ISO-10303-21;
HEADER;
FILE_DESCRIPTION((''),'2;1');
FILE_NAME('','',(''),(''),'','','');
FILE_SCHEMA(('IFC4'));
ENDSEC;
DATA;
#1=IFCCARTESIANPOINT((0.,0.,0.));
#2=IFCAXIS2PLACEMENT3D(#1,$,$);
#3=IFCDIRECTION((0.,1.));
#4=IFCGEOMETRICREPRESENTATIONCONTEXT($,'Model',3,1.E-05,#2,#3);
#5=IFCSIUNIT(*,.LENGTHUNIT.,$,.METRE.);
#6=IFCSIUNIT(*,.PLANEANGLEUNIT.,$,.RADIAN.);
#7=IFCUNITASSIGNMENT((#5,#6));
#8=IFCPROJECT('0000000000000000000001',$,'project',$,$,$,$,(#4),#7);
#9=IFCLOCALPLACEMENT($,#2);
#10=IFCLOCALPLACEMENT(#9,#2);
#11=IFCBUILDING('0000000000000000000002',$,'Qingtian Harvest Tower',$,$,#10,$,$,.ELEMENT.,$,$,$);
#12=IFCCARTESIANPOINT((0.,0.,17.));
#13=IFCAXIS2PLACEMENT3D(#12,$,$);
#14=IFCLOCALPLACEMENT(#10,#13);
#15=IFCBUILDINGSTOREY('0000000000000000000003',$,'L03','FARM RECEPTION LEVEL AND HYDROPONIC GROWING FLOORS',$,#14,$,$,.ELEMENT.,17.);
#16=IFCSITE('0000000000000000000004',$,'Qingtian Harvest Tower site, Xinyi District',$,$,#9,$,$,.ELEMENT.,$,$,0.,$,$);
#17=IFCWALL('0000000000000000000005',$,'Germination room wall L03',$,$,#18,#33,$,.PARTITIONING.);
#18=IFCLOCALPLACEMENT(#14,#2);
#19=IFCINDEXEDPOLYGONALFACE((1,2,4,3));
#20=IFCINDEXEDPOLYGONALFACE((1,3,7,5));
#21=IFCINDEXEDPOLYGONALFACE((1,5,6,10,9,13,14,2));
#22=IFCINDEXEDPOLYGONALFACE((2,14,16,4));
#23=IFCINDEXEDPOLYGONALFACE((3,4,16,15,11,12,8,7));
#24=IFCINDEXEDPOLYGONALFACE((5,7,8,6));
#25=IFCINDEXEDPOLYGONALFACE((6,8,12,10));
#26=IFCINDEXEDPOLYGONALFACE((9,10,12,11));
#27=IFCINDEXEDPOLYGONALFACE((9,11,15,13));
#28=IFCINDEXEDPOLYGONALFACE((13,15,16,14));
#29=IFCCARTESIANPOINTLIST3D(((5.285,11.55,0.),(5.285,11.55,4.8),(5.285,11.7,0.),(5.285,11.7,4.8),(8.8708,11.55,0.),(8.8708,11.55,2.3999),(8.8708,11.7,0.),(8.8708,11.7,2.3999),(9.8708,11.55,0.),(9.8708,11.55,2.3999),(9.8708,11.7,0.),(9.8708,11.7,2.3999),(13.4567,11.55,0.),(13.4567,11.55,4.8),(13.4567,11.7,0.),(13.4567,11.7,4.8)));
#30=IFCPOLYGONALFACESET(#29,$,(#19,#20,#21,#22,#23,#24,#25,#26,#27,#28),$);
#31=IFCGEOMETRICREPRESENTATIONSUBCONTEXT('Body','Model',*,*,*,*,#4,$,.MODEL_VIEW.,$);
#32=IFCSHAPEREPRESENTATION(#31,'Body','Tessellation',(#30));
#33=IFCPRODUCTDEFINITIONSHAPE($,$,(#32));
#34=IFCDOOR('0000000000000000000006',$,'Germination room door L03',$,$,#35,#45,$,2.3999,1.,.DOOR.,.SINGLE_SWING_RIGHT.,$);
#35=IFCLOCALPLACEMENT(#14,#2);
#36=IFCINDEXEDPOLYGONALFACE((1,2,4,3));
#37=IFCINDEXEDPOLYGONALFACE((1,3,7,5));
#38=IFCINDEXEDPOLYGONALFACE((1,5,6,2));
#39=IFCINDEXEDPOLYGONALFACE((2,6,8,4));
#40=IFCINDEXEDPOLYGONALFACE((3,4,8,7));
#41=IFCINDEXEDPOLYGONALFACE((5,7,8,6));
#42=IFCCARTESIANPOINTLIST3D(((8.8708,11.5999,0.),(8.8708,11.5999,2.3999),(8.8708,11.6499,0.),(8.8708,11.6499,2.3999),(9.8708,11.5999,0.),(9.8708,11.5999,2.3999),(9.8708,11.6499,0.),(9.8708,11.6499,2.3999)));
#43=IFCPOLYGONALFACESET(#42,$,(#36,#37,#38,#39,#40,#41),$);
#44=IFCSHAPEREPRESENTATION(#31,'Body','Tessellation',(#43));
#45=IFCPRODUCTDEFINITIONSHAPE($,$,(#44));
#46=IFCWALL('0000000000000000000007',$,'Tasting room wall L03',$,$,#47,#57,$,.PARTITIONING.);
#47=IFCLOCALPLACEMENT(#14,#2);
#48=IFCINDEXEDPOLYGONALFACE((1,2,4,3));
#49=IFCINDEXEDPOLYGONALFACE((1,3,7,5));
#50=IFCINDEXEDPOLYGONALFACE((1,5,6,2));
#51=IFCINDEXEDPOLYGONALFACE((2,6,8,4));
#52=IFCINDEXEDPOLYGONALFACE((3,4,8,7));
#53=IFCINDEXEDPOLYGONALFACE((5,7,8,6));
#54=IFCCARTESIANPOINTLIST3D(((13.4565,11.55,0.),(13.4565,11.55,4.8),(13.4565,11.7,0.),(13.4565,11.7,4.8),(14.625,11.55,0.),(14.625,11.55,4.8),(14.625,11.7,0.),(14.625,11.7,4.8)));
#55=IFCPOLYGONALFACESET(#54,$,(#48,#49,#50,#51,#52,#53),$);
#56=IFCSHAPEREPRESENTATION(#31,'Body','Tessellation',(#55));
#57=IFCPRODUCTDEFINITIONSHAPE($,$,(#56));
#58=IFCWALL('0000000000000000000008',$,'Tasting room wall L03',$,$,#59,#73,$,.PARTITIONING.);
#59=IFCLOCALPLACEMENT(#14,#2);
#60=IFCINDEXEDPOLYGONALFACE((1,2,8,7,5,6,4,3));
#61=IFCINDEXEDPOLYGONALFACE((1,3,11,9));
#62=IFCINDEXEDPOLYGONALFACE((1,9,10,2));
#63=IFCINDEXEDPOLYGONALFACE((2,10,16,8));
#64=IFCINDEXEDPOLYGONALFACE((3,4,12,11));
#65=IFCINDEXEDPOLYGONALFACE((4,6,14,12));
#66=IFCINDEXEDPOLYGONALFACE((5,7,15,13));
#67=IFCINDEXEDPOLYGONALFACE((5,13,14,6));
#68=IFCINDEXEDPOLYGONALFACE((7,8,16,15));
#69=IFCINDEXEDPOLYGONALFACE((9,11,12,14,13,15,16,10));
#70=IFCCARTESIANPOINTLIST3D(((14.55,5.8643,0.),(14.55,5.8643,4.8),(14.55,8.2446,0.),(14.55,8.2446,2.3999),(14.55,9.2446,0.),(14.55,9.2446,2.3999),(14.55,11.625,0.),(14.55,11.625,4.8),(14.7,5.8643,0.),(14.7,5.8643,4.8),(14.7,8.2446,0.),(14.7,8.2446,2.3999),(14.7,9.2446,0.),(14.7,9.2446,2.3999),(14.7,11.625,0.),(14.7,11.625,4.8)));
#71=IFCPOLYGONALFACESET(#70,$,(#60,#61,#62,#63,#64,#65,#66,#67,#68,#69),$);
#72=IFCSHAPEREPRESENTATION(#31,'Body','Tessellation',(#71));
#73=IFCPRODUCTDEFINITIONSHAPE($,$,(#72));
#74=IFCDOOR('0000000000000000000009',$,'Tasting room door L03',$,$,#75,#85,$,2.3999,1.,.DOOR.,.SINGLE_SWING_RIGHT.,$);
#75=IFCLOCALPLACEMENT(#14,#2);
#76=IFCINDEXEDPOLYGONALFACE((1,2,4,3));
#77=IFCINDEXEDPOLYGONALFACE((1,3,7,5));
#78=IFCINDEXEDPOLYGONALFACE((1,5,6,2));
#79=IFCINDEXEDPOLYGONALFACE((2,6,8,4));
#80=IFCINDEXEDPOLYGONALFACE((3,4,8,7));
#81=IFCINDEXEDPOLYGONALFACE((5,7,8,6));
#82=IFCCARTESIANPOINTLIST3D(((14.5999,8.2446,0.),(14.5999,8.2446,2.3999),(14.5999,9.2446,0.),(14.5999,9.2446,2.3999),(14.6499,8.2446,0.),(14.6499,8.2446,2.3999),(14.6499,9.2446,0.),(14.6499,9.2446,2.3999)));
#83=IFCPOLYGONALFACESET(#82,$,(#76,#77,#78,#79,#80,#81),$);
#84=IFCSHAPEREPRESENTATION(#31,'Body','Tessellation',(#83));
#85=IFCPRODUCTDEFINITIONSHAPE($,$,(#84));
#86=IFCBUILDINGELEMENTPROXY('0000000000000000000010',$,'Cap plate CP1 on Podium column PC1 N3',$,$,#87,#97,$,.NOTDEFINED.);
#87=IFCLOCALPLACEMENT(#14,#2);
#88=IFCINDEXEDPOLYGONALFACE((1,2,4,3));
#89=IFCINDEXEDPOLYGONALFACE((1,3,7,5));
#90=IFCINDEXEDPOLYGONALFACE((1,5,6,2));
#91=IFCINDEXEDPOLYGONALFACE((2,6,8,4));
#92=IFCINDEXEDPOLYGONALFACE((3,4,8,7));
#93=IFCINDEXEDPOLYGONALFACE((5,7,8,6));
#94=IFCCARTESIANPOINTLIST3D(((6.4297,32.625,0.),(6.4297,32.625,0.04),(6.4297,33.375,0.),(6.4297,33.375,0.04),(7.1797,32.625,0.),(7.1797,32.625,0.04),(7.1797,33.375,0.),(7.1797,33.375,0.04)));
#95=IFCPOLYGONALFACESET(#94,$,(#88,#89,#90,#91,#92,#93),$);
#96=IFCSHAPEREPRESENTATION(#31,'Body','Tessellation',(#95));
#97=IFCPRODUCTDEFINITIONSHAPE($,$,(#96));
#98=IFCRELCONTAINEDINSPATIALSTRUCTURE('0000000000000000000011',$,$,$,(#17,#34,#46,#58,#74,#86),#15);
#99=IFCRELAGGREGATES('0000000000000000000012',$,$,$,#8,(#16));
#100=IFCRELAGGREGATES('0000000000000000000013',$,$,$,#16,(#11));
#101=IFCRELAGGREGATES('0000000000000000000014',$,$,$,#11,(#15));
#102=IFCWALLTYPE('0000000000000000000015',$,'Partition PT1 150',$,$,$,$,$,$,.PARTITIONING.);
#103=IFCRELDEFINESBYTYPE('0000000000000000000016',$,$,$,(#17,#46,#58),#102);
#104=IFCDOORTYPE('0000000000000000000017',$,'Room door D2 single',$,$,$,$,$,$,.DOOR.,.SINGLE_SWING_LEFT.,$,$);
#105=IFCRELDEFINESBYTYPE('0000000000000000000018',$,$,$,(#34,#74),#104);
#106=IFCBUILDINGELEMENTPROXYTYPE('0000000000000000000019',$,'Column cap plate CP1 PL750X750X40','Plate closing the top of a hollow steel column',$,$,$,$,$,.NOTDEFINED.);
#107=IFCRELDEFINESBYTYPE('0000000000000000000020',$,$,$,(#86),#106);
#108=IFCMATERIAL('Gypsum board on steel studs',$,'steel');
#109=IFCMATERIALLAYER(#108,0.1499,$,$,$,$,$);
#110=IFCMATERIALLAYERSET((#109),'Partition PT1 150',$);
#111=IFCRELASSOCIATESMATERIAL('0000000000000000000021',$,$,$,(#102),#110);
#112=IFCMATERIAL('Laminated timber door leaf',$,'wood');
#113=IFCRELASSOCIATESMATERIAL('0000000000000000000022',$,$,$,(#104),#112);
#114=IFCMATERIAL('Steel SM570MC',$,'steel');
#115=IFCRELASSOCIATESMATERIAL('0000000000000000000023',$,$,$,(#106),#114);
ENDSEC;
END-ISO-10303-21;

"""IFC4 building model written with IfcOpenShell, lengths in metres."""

from ifc_helpers import new_model, si_unit, direction, frame, frame_2d, origin, origin_2d, place, context, subcontext, project, spatial, rectangle, extrude, material, layer, layer_set, material_profile, profile_set, type_object, element, fill, save


model = new_model("IFC4")

# Units and contexts
model_context = context("Model", 3, precision=1e-05, world=origin(), true_north=direction((0.0, 1.0)))
body_context = subcontext(model_context, "Body", "Model", "MODEL_VIEW")
ifc_project = project(units=[si_unit("LENGTHUNIT", "METRE"), si_unit("PLANEANGLEUNIT", "RADIAN")], contexts=[model_context])

# Site, building, storey
site_placement = place(None, origin())
site = spatial("IfcSite", under=ifc_project, at=site_placement, Name="Qingtian Harvest Tower site, Xinyi District", CompositionType="ELEMENT", RefElevation=0.0)
building_placement = place(site_placement, origin())
building = spatial("IfcBuilding", under=site, at=building_placement, Name="Qingtian Harvest Tower", CompositionType="ELEMENT")
storey_placement = place(building_placement, frame((0.0, 0.0, 17.0)))
storey = spatial("IfcBuildingStorey", under=building, at=storey_placement, Name="L03", Description="FARM RECEPTION LEVEL AND HYDROPONIC GROWING FLOORS", CompositionType="ELEMENT", Elevation=17.0)

# Shared definitions
ifc_material_1 = material(Name="Gypsum board on steel studs", Category="steel")
ifc_layer_1 = layer(ifc_material_1, 0.1499)
ifc_layer_set_1 = layer_set([ifc_layer_1], Name="Partition PT1 150")
wall_type = type_object("IfcWallType", Name="Partition PT1 150", PredefinedType="PARTITIONING", material=ifc_layer_set_1)

# Wall, opening, door
wall_1_placement = place(storey_placement, frame((5.2849, 11.625, 0.0), z_axis=(0.0, 0.0, 1.0), x_axis=(1.0, 0.0, 0.0)))
wall_1 = element("IfcWall", 1, at=wall_1_placement, inside=storey, type_object=wall_type, Name="Germination room wall L03", PredefinedType="PARTITIONING", context=body_context, shape_type="SweptSolid", body=[
    extrude(rectangle(XDim=8.1716, YDim=0.1499, at=frame_2d((4.0859, 0.0))), origin(), (0.0, 0.0, 1.0), 4.8),
])
opening_1_placement = place(wall_1_placement, frame((3.5859, 0.0, 0.0)))
opening_1 = element("IfcOpeningElement", 2, at=opening_1_placement, cuts=wall_1, PredefinedType="OPENING", context=body_context, shape_type="SweptSolid", body=[
    extrude(rectangle(XDim=1.0, YDim=2.3999, at=frame_2d((0.5, 1.2))), frame((0.0, 0.085, 0.0), z_axis=(0.0, -1.0, 0.0), x_axis=(1.0, 0.0, 0.0)), (0.0, 0.0, 1.0), 0.1699),
])
ifc_material_2 = material(Name="Laminated timber door leaf", Category="wood")
door_type = type_object("IfcDoorType", Name="Room door D2 single", OperationType="SINGLE_SWING_LEFT", PredefinedType="DOOR", material=ifc_material_2)
door_1_placement = place(opening_1_placement, origin())
door_1 = element("IfcDoor", 3, at=door_1_placement, inside=storey, type_object=door_type, Name="Germination room door L03", OperationType="SINGLE_SWING_RIGHT", OverallHeight=2.3999, OverallWidth=1.0, PredefinedType="DOOR", context=body_context, shape_type="SweptSolid", body=[
    extrude(rectangle(XDim=1.0, YDim=2.3999, at=frame_2d((0.5, 1.2))), frame((0.0, 0.0249, 0.0), z_axis=(0.0, -1.0, 0.0), x_axis=(1.0, 0.0, 0.0)), (0.0, 0.0, 1.0), 0.05),
])
fill(opening_1, door_1)

# Wall
wall_2_placement = place(storey_placement, frame((13.4565, 11.625, 0.0), z_axis=(0.0, 0.0, 1.0), x_axis=(1.0, 0.0, 0.0)))
element("IfcWall", 4, at=wall_2_placement, inside=storey, type_object=wall_type, Name="Tasting room wall L03", PredefinedType="PARTITIONING", context=body_context, shape_type="SweptSolid", body=[
    extrude(rectangle(XDim=1.1685, YDim=0.1499, at=frame_2d((0.5842, 0.0))), origin(), (0.0, 0.0, 1.0), 4.8),
])

# Wall, opening, door
wall_3_placement = place(storey_placement, frame((14.625, 11.625, 0.0), z_axis=(0.0, 0.0, 1.0), x_axis=(0.0, -1.0, 0.0)))
wall_3 = element("IfcWall", 5, at=wall_3_placement, inside=storey, type_object=wall_type, Name="Tasting room wall L03", PredefinedType="PARTITIONING", context=body_context, shape_type="SweptSolid", body=[
    extrude(rectangle(XDim=5.7607, YDim=0.1499, at=frame_2d((2.8804, 0.0))), origin(), (0.0, 0.0, 1.0), 4.8),
])
opening_2_placement = place(wall_3_placement, frame((2.3804, 0.0, 0.0)))
opening_2 = element("IfcOpeningElement", 6, at=opening_2_placement, cuts=wall_3, PredefinedType="OPENING", context=body_context, shape_type="SweptSolid", body=[
    extrude(rectangle(XDim=1.0, YDim=2.3999, at=frame_2d((0.5, 1.2))), frame((0.0, 0.085, 0.0), z_axis=(0.0, -1.0, 0.0), x_axis=(1.0, 0.0, 0.0)), (0.0, 0.0, 1.0), 0.1699),
])
door_2_placement = place(opening_2_placement, origin())
door_2 = element("IfcDoor", 7, at=door_2_placement, inside=storey, type_object=door_type, Name="Tasting room door L03", OperationType="SINGLE_SWING_RIGHT", OverallHeight=2.3999, OverallWidth=1.0, PredefinedType="DOOR", context=body_context, shape_type="SweptSolid", body=[
    extrude(rectangle(XDim=1.0, YDim=2.3999, at=frame_2d((0.5, 1.2))), frame((0.0, 0.0249, 0.0), z_axis=(0.0, -1.0, 0.0), x_axis=(1.0, 0.0, 0.0)), (0.0, 0.0, 1.0), 0.05),
])
fill(opening_2, door_2)

# Building element proxy
ifc_material_3 = material(Name="Steel SM570MC", Category="steel")
ifc_material_profile_1 = material_profile(ifc_material_3, rectangle(XDim=0.75, YDim=0.75, at=origin_2d()), Name="PL750X750X40")
ifc_profile_set_1 = profile_set([ifc_material_profile_1], Name="Steel SM570MC")
building_element_proxy_type = type_object("IfcBuildingElementProxyType", Name="Column cap plate CP1 PL750X750X40", Description="Plate closing the top of a hollow steel column", PredefinedType="NOTDEFINED", material=ifc_profile_set_1)
proxy_placement = place(storey_placement, frame((6.8047, 33.0, 0.0), z_axis=(0.0, 0.0, 1.0), x_axis=(-1.0, 0.0, 0.0)))
element("IfcBuildingElementProxy", 8, at=proxy_placement, inside=storey, type_object=building_element_proxy_type, Name="Cap plate CP1 on Podium column PC1 N3", PredefinedType="NOTDEFINED", context=body_context, shape_type="SweptSolid", body=[
    extrude(rectangle(XDim=0.75, YDim=0.75, at=origin_2d()), origin(), (0.0, 0.0, 1.0), 0.04),
])

save(model, "model.ifc")
